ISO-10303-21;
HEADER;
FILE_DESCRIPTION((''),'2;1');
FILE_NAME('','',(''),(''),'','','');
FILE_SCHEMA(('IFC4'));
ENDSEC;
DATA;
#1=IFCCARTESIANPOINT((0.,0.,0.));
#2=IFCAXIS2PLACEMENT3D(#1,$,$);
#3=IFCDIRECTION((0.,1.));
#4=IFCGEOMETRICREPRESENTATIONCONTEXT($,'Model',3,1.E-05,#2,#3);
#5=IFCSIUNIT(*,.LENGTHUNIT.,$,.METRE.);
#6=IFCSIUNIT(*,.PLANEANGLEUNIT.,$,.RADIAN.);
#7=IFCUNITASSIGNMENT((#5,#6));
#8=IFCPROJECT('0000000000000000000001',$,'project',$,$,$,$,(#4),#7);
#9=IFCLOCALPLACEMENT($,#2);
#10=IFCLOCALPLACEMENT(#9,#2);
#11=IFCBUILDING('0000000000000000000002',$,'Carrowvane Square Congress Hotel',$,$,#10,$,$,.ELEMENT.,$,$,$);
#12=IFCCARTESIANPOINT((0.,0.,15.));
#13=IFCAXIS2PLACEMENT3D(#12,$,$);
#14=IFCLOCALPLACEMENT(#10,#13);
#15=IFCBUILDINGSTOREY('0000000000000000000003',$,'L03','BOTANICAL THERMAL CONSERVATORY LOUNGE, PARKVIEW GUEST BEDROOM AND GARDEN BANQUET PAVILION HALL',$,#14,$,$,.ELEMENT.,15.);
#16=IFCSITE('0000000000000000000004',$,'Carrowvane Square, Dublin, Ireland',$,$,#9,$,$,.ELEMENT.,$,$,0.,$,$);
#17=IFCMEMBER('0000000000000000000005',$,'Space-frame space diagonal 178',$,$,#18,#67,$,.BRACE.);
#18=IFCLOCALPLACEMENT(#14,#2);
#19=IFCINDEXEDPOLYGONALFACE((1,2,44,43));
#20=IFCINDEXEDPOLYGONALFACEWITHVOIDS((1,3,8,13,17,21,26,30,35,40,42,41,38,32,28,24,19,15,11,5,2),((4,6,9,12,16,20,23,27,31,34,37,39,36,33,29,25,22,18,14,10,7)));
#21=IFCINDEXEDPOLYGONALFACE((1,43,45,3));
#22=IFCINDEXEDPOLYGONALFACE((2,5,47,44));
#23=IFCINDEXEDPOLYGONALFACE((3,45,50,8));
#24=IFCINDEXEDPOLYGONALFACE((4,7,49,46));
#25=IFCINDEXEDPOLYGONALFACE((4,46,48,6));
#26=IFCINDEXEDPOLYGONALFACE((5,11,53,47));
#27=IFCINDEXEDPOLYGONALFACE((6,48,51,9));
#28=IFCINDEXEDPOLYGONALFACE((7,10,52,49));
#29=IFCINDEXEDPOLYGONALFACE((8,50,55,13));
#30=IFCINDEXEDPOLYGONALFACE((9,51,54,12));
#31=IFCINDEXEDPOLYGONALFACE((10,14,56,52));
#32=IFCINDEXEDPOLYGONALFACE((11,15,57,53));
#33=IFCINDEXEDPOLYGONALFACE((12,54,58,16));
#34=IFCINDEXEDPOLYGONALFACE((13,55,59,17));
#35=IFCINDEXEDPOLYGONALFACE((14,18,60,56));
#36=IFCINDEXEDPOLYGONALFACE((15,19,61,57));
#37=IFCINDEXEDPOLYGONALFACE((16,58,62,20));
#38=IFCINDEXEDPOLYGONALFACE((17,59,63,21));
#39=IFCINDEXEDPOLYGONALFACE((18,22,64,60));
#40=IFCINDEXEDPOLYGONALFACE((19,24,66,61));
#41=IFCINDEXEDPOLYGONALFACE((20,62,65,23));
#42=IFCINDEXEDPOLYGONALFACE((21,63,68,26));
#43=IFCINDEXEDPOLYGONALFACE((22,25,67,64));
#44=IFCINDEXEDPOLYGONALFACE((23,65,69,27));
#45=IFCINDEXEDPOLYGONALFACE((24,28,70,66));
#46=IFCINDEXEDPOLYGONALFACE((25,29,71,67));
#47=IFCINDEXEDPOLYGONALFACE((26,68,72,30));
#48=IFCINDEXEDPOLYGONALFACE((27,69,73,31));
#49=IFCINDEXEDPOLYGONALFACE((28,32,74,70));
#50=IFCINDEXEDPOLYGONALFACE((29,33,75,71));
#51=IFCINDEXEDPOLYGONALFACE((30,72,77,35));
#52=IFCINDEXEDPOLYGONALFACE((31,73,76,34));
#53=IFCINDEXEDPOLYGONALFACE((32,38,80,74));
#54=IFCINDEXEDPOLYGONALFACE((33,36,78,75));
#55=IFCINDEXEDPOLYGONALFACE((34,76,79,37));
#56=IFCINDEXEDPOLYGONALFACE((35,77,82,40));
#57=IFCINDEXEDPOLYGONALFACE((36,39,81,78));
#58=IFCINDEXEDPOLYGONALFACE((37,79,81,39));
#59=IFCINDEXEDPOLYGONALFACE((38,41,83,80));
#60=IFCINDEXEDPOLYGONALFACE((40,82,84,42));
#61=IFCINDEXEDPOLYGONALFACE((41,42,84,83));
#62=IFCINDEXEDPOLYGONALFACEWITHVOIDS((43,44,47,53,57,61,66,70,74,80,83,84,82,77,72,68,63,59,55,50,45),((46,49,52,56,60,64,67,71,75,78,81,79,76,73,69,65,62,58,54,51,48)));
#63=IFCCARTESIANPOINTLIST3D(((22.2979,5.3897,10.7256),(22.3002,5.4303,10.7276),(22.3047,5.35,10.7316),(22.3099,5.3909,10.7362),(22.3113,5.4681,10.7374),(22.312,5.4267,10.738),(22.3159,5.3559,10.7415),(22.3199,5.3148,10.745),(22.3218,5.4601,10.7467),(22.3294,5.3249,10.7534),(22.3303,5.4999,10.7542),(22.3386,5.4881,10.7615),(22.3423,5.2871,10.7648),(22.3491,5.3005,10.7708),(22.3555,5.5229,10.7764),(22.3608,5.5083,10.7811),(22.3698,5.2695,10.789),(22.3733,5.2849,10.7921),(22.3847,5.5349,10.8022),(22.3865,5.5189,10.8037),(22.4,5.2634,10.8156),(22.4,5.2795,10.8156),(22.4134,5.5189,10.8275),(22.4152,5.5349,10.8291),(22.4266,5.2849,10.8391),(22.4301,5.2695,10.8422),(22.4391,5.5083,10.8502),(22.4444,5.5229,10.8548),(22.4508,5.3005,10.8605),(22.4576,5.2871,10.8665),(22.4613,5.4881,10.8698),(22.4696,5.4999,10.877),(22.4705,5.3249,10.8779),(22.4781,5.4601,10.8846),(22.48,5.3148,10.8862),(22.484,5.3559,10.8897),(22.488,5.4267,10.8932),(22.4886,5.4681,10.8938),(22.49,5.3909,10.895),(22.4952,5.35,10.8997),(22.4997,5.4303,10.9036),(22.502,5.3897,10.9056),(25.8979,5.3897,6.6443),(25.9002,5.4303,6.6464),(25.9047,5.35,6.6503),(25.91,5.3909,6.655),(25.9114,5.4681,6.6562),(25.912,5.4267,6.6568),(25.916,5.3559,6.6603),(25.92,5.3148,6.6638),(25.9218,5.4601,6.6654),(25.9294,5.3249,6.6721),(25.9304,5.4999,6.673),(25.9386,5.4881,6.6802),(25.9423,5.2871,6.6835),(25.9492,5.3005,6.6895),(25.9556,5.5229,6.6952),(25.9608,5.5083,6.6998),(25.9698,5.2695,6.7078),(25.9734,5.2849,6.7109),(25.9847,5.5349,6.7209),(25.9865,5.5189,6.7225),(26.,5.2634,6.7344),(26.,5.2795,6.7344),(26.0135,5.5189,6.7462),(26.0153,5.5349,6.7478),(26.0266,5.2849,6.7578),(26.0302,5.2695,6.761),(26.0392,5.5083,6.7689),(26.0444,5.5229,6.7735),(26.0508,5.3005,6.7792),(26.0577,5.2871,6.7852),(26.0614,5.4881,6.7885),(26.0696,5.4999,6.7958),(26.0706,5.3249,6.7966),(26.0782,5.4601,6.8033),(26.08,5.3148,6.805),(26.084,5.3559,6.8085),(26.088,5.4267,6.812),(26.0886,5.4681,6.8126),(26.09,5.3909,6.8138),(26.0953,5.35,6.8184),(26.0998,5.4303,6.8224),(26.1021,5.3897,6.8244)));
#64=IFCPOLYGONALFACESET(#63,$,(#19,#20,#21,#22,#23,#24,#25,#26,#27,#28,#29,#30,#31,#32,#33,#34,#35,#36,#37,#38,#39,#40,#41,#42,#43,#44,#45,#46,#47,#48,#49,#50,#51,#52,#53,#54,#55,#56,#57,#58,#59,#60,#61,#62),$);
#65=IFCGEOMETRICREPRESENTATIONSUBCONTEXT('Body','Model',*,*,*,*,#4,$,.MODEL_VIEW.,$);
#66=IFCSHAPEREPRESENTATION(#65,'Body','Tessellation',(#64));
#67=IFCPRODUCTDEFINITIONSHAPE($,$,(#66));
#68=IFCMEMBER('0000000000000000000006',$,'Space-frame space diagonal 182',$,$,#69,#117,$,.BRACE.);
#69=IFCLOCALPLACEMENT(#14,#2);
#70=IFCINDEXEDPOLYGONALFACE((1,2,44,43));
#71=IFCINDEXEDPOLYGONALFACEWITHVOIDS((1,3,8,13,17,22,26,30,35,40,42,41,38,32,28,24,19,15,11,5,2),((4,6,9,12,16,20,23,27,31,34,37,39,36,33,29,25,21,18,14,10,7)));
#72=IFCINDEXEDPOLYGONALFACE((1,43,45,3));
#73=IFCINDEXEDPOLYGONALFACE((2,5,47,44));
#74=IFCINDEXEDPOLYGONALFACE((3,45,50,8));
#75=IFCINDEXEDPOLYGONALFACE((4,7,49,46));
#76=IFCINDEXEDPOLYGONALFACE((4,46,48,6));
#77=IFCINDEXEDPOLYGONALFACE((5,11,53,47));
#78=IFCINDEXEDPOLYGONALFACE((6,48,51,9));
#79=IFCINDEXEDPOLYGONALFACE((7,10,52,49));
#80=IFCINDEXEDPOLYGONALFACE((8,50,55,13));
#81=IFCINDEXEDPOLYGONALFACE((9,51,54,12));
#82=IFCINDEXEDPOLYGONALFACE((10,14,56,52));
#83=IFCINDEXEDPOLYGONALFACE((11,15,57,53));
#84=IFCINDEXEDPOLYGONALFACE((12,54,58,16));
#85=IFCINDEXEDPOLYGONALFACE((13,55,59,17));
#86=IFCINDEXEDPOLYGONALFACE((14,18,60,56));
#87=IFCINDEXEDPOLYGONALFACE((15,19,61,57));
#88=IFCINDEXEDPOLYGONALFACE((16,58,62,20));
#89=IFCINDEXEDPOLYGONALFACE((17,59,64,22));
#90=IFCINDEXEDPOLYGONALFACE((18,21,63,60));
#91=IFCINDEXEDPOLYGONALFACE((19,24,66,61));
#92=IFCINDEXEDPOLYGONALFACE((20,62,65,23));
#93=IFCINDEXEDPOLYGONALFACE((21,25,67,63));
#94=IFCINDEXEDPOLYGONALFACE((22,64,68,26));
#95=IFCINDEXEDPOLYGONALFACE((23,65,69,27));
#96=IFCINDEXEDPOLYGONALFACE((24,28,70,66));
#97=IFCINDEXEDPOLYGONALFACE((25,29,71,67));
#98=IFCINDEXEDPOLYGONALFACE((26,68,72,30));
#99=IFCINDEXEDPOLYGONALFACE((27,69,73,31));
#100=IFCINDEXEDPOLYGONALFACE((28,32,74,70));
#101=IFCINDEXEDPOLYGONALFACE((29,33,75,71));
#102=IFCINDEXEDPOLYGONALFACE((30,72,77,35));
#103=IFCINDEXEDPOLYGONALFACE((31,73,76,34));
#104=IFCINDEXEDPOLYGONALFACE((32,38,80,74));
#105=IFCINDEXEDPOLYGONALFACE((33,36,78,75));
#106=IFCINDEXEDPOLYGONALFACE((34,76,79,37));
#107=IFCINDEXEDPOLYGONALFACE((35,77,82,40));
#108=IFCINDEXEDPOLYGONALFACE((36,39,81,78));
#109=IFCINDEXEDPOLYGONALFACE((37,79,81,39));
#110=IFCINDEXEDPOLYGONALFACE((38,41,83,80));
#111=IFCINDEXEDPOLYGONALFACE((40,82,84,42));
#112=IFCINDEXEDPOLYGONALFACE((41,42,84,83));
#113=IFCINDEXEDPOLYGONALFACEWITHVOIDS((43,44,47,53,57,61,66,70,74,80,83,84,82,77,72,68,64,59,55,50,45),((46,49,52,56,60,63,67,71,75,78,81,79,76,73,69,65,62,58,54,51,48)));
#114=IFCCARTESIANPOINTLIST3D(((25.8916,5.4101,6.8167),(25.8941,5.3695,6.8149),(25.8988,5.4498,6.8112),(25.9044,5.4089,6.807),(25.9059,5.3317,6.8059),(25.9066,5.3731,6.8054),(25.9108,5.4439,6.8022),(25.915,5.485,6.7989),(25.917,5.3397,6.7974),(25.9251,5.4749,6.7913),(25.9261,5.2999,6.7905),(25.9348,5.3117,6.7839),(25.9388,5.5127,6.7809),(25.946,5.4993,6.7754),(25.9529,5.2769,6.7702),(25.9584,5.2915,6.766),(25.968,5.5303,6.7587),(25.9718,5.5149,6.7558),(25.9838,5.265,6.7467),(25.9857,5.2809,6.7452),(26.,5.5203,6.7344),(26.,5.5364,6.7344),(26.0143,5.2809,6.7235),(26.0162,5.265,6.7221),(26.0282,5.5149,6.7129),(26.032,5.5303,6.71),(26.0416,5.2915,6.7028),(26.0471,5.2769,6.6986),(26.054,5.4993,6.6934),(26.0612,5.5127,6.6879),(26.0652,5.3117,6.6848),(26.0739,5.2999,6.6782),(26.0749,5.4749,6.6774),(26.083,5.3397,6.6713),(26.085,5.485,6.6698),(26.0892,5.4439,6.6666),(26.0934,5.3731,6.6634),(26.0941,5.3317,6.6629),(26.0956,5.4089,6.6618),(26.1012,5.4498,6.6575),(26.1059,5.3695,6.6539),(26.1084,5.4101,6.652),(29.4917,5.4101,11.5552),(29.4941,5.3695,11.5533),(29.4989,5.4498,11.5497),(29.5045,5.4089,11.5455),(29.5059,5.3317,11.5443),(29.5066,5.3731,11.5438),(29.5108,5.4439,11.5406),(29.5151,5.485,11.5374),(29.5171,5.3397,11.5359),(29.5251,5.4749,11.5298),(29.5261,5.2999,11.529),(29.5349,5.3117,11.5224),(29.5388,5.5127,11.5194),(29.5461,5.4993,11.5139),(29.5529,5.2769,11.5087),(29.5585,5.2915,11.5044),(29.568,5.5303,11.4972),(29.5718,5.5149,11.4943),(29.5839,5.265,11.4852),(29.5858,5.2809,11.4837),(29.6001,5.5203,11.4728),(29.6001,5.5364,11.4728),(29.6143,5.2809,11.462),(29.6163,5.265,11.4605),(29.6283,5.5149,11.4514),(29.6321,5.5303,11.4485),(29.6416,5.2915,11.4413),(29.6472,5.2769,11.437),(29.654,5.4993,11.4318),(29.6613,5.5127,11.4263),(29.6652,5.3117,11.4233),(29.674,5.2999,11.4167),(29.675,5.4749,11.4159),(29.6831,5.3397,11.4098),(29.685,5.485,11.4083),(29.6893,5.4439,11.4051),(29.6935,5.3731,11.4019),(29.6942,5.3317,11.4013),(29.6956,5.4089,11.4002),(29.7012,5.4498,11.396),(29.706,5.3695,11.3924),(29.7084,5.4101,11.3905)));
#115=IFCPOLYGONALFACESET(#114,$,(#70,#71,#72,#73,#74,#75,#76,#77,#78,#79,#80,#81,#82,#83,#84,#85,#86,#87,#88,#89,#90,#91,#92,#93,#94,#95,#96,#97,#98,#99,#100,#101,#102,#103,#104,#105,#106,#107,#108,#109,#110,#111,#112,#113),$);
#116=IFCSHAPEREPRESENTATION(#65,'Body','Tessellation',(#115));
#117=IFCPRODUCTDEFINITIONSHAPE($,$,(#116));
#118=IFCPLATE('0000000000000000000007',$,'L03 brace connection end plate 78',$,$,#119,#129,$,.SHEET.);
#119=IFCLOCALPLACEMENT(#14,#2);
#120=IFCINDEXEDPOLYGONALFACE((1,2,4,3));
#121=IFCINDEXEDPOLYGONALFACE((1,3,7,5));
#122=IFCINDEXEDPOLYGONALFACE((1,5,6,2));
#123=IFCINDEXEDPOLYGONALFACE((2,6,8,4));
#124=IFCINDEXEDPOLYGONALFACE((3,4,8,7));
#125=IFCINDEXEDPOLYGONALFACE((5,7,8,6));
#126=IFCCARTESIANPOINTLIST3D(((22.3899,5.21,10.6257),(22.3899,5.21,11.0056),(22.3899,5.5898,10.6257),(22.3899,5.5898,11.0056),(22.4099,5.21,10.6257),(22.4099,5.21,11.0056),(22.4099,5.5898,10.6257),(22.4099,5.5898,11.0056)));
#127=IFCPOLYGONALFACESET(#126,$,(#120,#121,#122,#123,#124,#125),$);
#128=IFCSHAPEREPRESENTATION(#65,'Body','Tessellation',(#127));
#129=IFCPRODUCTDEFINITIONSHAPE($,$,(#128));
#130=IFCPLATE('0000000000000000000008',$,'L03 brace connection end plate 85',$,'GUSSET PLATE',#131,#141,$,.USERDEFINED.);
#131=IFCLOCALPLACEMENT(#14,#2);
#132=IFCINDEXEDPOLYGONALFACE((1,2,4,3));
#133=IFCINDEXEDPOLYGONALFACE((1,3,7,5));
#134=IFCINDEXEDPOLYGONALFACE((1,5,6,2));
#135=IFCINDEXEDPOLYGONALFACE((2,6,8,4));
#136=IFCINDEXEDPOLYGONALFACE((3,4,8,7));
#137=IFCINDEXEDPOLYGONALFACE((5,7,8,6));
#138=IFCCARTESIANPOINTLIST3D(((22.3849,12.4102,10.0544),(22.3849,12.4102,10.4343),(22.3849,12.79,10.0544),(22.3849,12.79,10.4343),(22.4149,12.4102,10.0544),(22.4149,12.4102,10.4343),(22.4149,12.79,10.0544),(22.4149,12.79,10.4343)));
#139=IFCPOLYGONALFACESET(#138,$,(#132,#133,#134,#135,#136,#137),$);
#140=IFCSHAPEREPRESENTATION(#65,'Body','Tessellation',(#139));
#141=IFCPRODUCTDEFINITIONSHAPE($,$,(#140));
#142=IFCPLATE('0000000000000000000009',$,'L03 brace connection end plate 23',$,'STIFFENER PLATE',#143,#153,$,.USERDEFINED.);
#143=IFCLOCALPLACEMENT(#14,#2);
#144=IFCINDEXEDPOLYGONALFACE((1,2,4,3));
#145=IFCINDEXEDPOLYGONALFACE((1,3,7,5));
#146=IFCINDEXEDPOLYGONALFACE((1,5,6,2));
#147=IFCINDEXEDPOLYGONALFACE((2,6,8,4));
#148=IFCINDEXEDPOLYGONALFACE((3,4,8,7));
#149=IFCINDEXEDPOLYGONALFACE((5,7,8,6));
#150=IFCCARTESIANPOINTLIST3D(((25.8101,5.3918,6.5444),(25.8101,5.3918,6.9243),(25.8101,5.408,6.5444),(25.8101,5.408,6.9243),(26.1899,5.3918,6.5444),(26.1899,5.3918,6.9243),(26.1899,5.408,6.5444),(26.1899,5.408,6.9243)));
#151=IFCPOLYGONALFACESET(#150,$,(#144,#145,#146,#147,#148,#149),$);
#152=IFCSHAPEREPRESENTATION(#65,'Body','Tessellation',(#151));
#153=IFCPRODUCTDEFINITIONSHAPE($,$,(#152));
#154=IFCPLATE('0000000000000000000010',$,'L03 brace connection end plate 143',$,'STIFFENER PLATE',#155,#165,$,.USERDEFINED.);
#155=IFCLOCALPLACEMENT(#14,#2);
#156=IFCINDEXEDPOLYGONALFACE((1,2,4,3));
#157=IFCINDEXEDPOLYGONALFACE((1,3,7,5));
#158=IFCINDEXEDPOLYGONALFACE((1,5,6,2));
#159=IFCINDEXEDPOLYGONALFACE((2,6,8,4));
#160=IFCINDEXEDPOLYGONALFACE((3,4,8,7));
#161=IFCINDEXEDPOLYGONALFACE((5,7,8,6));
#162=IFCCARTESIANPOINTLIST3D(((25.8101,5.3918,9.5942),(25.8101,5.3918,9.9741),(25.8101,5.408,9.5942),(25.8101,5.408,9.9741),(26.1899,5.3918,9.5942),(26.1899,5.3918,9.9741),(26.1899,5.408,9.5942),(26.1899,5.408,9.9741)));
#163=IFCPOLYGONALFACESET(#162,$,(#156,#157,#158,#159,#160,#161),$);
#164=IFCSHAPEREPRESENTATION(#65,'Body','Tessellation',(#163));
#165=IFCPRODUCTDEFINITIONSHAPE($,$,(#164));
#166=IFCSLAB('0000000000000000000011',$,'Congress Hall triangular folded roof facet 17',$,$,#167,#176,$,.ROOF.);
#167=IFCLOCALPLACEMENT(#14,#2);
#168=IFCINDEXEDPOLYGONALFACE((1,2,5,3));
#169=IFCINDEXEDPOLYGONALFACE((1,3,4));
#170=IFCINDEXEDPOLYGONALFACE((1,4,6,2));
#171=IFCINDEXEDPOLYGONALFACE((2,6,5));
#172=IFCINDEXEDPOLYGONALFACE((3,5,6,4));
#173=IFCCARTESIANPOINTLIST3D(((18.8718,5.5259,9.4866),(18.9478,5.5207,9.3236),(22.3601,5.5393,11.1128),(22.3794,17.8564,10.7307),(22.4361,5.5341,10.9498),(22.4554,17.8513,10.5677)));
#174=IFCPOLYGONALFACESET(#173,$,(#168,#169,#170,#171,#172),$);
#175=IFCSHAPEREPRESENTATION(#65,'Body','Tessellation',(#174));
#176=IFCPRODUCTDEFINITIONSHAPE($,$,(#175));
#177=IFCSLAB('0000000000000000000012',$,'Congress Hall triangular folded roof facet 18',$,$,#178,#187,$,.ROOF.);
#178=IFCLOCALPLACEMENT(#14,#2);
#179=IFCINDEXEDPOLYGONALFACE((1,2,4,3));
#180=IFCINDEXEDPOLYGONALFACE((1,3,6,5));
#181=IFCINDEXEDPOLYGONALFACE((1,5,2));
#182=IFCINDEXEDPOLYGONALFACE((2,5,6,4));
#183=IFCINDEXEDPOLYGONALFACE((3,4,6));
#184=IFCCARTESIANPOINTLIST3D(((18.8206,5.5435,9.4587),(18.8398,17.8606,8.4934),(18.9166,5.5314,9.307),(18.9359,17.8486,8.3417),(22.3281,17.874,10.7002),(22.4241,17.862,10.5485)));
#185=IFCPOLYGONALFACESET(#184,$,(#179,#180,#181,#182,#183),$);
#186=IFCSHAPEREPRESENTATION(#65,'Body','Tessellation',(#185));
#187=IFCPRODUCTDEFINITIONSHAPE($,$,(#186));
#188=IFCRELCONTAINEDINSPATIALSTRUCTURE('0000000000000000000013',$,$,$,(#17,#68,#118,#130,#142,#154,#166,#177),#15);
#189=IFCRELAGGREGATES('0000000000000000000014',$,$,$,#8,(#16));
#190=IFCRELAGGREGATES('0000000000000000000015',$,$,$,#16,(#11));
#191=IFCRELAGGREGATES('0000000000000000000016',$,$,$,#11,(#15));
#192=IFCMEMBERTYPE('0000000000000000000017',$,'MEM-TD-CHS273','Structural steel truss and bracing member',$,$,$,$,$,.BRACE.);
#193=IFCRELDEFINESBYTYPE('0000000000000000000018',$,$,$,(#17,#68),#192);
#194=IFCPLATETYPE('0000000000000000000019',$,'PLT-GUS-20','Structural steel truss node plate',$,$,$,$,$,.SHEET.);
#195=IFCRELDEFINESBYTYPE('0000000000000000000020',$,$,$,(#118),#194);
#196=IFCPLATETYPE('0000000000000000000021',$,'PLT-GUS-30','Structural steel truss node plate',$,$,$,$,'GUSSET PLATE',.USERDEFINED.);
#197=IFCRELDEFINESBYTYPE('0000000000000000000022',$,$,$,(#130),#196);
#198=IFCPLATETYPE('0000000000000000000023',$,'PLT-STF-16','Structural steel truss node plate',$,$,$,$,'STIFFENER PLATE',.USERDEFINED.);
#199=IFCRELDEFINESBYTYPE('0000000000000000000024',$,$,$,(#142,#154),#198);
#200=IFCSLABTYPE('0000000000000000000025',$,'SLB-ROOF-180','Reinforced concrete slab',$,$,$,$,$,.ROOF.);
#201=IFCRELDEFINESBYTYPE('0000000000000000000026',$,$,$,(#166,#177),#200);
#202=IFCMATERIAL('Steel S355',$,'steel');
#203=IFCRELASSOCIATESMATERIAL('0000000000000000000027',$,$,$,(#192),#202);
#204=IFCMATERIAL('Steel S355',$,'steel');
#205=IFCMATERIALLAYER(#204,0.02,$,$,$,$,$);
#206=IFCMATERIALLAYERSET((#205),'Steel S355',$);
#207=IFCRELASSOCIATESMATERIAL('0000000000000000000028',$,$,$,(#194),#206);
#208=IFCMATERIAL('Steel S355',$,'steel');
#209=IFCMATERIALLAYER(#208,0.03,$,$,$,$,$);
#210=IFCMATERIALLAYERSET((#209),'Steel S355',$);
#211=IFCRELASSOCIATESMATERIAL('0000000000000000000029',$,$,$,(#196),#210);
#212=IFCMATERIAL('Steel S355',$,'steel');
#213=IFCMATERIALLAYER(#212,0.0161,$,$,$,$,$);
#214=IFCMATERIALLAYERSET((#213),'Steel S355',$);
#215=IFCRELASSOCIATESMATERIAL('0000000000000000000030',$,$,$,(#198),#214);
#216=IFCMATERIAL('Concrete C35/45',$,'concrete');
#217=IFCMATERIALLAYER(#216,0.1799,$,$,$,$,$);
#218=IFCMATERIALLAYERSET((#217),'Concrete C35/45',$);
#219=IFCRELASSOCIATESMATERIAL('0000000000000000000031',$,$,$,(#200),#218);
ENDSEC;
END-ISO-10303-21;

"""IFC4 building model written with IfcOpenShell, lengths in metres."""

from ifc_helpers import new_model, si_unit, direction, frame, origin, origin_2d, place, context, subcontext, project, spatial, polyline, rectangle, hollow_circle, outline, extrude, material, layer, layer_set, material_profile, profile_set, type_object, element, save


model = new_model("IFC4")

# Units and contexts
model_context = context("Model", 3, precision=1e-05, world=origin(), true_north=direction((0.0, 1.0)))
body_context = subcontext(model_context, "Body", "Model", "MODEL_VIEW")
ifc_project = project(units=[si_unit("LENGTHUNIT", "METRE"), si_unit("PLANEANGLEUNIT", "RADIAN")], contexts=[model_context])

# Site, building, storey
site_placement = place(None, origin())
site = spatial("IfcSite", under=ifc_project, at=site_placement, Name="Carrowvane Square, Dublin, Ireland", CompositionType="ELEMENT", RefElevation=0.0)
building_placement = place(site_placement, origin())
building = spatial("IfcBuilding", under=site, at=building_placement, Name="Carrowvane Square Congress Hotel", CompositionType="ELEMENT")
storey_placement = place(building_placement, frame((0.0, 0.0, 15.0)))
storey = spatial("IfcBuildingStorey", under=building, at=storey_placement, Name="L03", Description="BOTANICAL THERMAL CONSERVATORY LOUNGE, PARKVIEW GUEST BEDROOM AND GARDEN BANQUET PAVILION HALL", CompositionType="ELEMENT", Elevation=15.0)

# Members
ifc_material_1 = material(Name="Steel S355", Category="steel")
ifc_material_profile_1 = material_profile(ifc_material_1, hollow_circle(Radius=0.1365, WallThickness=0.0161, at=origin_2d()), Name="CHS 273.0x16")
ifc_profile_set_1 = profile_set([ifc_material_profile_1], Name="Steel S355")
member_type_1 = type_object("IfcMemberType", Name="MEM-TD-CHS273", Description="Structural steel truss and bracing member", PredefinedType="BRACE", material=ifc_profile_set_1)
member_1_placement = place(storey_placement, frame((26.0, 5.3999, 6.7344), z_axis=(-0.661513, 0.0, 0.749933), x_axis=(0.0, -1.0, 0.0)))
element("IfcMember", 1, at=member_1_placement, inside=storey, type_object=member_type_1, Name="Space-frame space diagonal 178", PredefinedType="BRACE", context=body_context, shape_type="SweptSolid", body=[
    extrude(hollow_circle(Radius=0.1365, WallThickness=0.0161, at=origin_2d()), origin(), (0.0, 0.0, 1.0), 5.4421),
])
member_2_placement = place(storey_placement, frame((26.0, 5.3999, 6.7344), z_axis=(0.604957, 0.0, 0.796258), x_axis=(0.0, 1.0, 0.0)))
element("IfcMember", 2, at=member_2_placement, inside=storey, type_object=member_type_1, Name="Space-frame space diagonal 182", PredefinedType="BRACE", context=body_context, shape_type="SweptSolid", body=[
    extrude(hollow_circle(Radius=0.1365, WallThickness=0.0161, at=origin_2d()), origin(), (0.0, 0.0, 1.0), 5.9509),
])

# Plates
ifc_material_2 = material(Name="Steel S355", Category="steel")
ifc_layer_1 = layer(ifc_material_2, 0.02)
ifc_layer_set_1 = layer_set([ifc_layer_1], Name="Steel S355")
plate_type_1 = type_object("IfcPlateType", Name="PLT-GUS-20", Description="Structural steel truss node plate", PredefinedType="SHEET", material=ifc_layer_set_1)
plate_1_placement = place(storey_placement, frame((22.3999, 5.3999, 10.6257), z_axis=(0.0, 0.0, 1.0), x_axis=(1.0, 0.0, 0.0)))
element("IfcPlate", 3, at=plate_1_placement, inside=storey, type_object=plate_type_1, Name="L03 brace connection end plate 78", PredefinedType="SHEET", context=body_context, shape_type="SweptSolid", body=[
    extrude(rectangle(XDim=0.02, YDim=0.3799, at=origin_2d()), origin(), (0.0, 0.0, 1.0), 0.3799),
])
ifc_material_3 = material(Name="Steel S355", Category="steel")
ifc_layer_2 = layer(ifc_material_3, 0.03)
ifc_layer_set_2 = layer_set([ifc_layer_2], Name="Steel S355")
plate_type_2 = type_object("IfcPlateType", Name="PLT-GUS-30", Description="Structural steel truss node plate", ElementType="GUSSET PLATE", PredefinedType="USERDEFINED", material=ifc_layer_set_2)
plate_2_placement = place(storey_placement, frame((22.3999, 12.6001, 10.0544), z_axis=(0.0, 0.0, 1.0), x_axis=(1.0, 0.0, 0.0)))
element("IfcPlate", 4, at=plate_2_placement, inside=storey, type_object=plate_type_2, Name="L03 brace connection end plate 85", ObjectType="GUSSET PLATE", PredefinedType="USERDEFINED", context=body_context, shape_type="SweptSolid", body=[
    extrude(rectangle(XDim=0.03, YDim=0.3799, at=origin_2d()), origin(), (0.0, 0.0, 1.0), 0.3799),
])
ifc_material_4 = material(Name="Steel S355", Category="steel")
ifc_layer_3 = layer(ifc_material_4, 0.0161)
ifc_layer_set_3 = layer_set([ifc_layer_3], Name="Steel S355")
plate_type_3 = type_object("IfcPlateType", Name="PLT-STF-16", Description="Structural steel truss node plate", ElementType="STIFFENER PLATE", PredefinedType="USERDEFINED", material=ifc_layer_set_3)
for number, where, z_axis, x_axis, name in (
    (5, (26.0, 5.3999, 6.5444), (0.0, 0.0, 1.0), (1.0, 0.0, 0.0), "L03 brace connection end plate 23"),
    (6, (26.0, 5.3999, 9.5942), (0.0, 0.0, 1.0), (1.0, 0.0, 0.0), "L03 brace connection end plate 143"),
):
    element("IfcPlate", number, at=place(storey_placement, frame(where, z_axis=z_axis, x_axis=x_axis)), inside=storey, type_object=plate_type_3, Name=name, ObjectType="STIFFENER PLATE", PredefinedType="USERDEFINED", context=body_context, shape_type="SweptSolid", body=[
        extrude(rectangle(XDim=0.3799, YDim=0.0161, at=origin_2d()), origin(), (0.0, 0.0, 1.0), 0.3799),
    ])

# Slabs
ifc_material_5 = material(Name="Concrete C35/45", Category="concrete")
ifc_layer_4 = layer(ifc_material_5, 0.1799)
ifc_layer_set_4 = layer_set([ifc_layer_4], Name="Concrete C35/45")
slab_type = type_object("IfcSlabType", Name="SLB-ROOF-180", Description="Reinforced concrete slab", PredefinedType="ROOF", material=ifc_layer_set_4)
slab_1_placement = place(storey_placement, frame((18.8718, 5.5259, 9.4866), z_axis=(-0.422451, 0.028764, 0.905929), x_axis=(0.906341, 0.003489, 0.422532)))
element("IfcSlab", 7, at=slab_1_placement, inside=storey, type_object=slab_type, Name="Congress Hall triangular folded roof facet 17", PredefinedType="ROOF", context=body_context, shape_type="SweptSolid", body=[
    extrude(outline(polyline([(0.0, 0.0), (3.8488, 0.0), (3.7478, 12.3227), (0.0, 0.0)])), origin(), (0.0, 0.0, -1.0), 0.1799),
])
slab_2_placement = place(storey_placement, frame((18.8206, 5.5435, 9.4587), z_axis=(-0.533613, 0.06691, 0.843078), x_axis=(0.272333, 0.957363, 0.096388)))
element("IfcSlab", 8, at=slab_2_placement, inside=storey, type_object=slab_type, Name="Congress Hall triangular folded roof facet 18", PredefinedType="ROOF", context=body_context, shape_type="SweptSolid", body=[
    extrude(outline(polyline([(0.0, 0.0), (12.8797, 0.0), (11.7042, 3.9568), (0.0, 0.0)])), origin(), (0.0, 0.0, -1.0), 0.1799),
])

save(model, "model.ifc")
